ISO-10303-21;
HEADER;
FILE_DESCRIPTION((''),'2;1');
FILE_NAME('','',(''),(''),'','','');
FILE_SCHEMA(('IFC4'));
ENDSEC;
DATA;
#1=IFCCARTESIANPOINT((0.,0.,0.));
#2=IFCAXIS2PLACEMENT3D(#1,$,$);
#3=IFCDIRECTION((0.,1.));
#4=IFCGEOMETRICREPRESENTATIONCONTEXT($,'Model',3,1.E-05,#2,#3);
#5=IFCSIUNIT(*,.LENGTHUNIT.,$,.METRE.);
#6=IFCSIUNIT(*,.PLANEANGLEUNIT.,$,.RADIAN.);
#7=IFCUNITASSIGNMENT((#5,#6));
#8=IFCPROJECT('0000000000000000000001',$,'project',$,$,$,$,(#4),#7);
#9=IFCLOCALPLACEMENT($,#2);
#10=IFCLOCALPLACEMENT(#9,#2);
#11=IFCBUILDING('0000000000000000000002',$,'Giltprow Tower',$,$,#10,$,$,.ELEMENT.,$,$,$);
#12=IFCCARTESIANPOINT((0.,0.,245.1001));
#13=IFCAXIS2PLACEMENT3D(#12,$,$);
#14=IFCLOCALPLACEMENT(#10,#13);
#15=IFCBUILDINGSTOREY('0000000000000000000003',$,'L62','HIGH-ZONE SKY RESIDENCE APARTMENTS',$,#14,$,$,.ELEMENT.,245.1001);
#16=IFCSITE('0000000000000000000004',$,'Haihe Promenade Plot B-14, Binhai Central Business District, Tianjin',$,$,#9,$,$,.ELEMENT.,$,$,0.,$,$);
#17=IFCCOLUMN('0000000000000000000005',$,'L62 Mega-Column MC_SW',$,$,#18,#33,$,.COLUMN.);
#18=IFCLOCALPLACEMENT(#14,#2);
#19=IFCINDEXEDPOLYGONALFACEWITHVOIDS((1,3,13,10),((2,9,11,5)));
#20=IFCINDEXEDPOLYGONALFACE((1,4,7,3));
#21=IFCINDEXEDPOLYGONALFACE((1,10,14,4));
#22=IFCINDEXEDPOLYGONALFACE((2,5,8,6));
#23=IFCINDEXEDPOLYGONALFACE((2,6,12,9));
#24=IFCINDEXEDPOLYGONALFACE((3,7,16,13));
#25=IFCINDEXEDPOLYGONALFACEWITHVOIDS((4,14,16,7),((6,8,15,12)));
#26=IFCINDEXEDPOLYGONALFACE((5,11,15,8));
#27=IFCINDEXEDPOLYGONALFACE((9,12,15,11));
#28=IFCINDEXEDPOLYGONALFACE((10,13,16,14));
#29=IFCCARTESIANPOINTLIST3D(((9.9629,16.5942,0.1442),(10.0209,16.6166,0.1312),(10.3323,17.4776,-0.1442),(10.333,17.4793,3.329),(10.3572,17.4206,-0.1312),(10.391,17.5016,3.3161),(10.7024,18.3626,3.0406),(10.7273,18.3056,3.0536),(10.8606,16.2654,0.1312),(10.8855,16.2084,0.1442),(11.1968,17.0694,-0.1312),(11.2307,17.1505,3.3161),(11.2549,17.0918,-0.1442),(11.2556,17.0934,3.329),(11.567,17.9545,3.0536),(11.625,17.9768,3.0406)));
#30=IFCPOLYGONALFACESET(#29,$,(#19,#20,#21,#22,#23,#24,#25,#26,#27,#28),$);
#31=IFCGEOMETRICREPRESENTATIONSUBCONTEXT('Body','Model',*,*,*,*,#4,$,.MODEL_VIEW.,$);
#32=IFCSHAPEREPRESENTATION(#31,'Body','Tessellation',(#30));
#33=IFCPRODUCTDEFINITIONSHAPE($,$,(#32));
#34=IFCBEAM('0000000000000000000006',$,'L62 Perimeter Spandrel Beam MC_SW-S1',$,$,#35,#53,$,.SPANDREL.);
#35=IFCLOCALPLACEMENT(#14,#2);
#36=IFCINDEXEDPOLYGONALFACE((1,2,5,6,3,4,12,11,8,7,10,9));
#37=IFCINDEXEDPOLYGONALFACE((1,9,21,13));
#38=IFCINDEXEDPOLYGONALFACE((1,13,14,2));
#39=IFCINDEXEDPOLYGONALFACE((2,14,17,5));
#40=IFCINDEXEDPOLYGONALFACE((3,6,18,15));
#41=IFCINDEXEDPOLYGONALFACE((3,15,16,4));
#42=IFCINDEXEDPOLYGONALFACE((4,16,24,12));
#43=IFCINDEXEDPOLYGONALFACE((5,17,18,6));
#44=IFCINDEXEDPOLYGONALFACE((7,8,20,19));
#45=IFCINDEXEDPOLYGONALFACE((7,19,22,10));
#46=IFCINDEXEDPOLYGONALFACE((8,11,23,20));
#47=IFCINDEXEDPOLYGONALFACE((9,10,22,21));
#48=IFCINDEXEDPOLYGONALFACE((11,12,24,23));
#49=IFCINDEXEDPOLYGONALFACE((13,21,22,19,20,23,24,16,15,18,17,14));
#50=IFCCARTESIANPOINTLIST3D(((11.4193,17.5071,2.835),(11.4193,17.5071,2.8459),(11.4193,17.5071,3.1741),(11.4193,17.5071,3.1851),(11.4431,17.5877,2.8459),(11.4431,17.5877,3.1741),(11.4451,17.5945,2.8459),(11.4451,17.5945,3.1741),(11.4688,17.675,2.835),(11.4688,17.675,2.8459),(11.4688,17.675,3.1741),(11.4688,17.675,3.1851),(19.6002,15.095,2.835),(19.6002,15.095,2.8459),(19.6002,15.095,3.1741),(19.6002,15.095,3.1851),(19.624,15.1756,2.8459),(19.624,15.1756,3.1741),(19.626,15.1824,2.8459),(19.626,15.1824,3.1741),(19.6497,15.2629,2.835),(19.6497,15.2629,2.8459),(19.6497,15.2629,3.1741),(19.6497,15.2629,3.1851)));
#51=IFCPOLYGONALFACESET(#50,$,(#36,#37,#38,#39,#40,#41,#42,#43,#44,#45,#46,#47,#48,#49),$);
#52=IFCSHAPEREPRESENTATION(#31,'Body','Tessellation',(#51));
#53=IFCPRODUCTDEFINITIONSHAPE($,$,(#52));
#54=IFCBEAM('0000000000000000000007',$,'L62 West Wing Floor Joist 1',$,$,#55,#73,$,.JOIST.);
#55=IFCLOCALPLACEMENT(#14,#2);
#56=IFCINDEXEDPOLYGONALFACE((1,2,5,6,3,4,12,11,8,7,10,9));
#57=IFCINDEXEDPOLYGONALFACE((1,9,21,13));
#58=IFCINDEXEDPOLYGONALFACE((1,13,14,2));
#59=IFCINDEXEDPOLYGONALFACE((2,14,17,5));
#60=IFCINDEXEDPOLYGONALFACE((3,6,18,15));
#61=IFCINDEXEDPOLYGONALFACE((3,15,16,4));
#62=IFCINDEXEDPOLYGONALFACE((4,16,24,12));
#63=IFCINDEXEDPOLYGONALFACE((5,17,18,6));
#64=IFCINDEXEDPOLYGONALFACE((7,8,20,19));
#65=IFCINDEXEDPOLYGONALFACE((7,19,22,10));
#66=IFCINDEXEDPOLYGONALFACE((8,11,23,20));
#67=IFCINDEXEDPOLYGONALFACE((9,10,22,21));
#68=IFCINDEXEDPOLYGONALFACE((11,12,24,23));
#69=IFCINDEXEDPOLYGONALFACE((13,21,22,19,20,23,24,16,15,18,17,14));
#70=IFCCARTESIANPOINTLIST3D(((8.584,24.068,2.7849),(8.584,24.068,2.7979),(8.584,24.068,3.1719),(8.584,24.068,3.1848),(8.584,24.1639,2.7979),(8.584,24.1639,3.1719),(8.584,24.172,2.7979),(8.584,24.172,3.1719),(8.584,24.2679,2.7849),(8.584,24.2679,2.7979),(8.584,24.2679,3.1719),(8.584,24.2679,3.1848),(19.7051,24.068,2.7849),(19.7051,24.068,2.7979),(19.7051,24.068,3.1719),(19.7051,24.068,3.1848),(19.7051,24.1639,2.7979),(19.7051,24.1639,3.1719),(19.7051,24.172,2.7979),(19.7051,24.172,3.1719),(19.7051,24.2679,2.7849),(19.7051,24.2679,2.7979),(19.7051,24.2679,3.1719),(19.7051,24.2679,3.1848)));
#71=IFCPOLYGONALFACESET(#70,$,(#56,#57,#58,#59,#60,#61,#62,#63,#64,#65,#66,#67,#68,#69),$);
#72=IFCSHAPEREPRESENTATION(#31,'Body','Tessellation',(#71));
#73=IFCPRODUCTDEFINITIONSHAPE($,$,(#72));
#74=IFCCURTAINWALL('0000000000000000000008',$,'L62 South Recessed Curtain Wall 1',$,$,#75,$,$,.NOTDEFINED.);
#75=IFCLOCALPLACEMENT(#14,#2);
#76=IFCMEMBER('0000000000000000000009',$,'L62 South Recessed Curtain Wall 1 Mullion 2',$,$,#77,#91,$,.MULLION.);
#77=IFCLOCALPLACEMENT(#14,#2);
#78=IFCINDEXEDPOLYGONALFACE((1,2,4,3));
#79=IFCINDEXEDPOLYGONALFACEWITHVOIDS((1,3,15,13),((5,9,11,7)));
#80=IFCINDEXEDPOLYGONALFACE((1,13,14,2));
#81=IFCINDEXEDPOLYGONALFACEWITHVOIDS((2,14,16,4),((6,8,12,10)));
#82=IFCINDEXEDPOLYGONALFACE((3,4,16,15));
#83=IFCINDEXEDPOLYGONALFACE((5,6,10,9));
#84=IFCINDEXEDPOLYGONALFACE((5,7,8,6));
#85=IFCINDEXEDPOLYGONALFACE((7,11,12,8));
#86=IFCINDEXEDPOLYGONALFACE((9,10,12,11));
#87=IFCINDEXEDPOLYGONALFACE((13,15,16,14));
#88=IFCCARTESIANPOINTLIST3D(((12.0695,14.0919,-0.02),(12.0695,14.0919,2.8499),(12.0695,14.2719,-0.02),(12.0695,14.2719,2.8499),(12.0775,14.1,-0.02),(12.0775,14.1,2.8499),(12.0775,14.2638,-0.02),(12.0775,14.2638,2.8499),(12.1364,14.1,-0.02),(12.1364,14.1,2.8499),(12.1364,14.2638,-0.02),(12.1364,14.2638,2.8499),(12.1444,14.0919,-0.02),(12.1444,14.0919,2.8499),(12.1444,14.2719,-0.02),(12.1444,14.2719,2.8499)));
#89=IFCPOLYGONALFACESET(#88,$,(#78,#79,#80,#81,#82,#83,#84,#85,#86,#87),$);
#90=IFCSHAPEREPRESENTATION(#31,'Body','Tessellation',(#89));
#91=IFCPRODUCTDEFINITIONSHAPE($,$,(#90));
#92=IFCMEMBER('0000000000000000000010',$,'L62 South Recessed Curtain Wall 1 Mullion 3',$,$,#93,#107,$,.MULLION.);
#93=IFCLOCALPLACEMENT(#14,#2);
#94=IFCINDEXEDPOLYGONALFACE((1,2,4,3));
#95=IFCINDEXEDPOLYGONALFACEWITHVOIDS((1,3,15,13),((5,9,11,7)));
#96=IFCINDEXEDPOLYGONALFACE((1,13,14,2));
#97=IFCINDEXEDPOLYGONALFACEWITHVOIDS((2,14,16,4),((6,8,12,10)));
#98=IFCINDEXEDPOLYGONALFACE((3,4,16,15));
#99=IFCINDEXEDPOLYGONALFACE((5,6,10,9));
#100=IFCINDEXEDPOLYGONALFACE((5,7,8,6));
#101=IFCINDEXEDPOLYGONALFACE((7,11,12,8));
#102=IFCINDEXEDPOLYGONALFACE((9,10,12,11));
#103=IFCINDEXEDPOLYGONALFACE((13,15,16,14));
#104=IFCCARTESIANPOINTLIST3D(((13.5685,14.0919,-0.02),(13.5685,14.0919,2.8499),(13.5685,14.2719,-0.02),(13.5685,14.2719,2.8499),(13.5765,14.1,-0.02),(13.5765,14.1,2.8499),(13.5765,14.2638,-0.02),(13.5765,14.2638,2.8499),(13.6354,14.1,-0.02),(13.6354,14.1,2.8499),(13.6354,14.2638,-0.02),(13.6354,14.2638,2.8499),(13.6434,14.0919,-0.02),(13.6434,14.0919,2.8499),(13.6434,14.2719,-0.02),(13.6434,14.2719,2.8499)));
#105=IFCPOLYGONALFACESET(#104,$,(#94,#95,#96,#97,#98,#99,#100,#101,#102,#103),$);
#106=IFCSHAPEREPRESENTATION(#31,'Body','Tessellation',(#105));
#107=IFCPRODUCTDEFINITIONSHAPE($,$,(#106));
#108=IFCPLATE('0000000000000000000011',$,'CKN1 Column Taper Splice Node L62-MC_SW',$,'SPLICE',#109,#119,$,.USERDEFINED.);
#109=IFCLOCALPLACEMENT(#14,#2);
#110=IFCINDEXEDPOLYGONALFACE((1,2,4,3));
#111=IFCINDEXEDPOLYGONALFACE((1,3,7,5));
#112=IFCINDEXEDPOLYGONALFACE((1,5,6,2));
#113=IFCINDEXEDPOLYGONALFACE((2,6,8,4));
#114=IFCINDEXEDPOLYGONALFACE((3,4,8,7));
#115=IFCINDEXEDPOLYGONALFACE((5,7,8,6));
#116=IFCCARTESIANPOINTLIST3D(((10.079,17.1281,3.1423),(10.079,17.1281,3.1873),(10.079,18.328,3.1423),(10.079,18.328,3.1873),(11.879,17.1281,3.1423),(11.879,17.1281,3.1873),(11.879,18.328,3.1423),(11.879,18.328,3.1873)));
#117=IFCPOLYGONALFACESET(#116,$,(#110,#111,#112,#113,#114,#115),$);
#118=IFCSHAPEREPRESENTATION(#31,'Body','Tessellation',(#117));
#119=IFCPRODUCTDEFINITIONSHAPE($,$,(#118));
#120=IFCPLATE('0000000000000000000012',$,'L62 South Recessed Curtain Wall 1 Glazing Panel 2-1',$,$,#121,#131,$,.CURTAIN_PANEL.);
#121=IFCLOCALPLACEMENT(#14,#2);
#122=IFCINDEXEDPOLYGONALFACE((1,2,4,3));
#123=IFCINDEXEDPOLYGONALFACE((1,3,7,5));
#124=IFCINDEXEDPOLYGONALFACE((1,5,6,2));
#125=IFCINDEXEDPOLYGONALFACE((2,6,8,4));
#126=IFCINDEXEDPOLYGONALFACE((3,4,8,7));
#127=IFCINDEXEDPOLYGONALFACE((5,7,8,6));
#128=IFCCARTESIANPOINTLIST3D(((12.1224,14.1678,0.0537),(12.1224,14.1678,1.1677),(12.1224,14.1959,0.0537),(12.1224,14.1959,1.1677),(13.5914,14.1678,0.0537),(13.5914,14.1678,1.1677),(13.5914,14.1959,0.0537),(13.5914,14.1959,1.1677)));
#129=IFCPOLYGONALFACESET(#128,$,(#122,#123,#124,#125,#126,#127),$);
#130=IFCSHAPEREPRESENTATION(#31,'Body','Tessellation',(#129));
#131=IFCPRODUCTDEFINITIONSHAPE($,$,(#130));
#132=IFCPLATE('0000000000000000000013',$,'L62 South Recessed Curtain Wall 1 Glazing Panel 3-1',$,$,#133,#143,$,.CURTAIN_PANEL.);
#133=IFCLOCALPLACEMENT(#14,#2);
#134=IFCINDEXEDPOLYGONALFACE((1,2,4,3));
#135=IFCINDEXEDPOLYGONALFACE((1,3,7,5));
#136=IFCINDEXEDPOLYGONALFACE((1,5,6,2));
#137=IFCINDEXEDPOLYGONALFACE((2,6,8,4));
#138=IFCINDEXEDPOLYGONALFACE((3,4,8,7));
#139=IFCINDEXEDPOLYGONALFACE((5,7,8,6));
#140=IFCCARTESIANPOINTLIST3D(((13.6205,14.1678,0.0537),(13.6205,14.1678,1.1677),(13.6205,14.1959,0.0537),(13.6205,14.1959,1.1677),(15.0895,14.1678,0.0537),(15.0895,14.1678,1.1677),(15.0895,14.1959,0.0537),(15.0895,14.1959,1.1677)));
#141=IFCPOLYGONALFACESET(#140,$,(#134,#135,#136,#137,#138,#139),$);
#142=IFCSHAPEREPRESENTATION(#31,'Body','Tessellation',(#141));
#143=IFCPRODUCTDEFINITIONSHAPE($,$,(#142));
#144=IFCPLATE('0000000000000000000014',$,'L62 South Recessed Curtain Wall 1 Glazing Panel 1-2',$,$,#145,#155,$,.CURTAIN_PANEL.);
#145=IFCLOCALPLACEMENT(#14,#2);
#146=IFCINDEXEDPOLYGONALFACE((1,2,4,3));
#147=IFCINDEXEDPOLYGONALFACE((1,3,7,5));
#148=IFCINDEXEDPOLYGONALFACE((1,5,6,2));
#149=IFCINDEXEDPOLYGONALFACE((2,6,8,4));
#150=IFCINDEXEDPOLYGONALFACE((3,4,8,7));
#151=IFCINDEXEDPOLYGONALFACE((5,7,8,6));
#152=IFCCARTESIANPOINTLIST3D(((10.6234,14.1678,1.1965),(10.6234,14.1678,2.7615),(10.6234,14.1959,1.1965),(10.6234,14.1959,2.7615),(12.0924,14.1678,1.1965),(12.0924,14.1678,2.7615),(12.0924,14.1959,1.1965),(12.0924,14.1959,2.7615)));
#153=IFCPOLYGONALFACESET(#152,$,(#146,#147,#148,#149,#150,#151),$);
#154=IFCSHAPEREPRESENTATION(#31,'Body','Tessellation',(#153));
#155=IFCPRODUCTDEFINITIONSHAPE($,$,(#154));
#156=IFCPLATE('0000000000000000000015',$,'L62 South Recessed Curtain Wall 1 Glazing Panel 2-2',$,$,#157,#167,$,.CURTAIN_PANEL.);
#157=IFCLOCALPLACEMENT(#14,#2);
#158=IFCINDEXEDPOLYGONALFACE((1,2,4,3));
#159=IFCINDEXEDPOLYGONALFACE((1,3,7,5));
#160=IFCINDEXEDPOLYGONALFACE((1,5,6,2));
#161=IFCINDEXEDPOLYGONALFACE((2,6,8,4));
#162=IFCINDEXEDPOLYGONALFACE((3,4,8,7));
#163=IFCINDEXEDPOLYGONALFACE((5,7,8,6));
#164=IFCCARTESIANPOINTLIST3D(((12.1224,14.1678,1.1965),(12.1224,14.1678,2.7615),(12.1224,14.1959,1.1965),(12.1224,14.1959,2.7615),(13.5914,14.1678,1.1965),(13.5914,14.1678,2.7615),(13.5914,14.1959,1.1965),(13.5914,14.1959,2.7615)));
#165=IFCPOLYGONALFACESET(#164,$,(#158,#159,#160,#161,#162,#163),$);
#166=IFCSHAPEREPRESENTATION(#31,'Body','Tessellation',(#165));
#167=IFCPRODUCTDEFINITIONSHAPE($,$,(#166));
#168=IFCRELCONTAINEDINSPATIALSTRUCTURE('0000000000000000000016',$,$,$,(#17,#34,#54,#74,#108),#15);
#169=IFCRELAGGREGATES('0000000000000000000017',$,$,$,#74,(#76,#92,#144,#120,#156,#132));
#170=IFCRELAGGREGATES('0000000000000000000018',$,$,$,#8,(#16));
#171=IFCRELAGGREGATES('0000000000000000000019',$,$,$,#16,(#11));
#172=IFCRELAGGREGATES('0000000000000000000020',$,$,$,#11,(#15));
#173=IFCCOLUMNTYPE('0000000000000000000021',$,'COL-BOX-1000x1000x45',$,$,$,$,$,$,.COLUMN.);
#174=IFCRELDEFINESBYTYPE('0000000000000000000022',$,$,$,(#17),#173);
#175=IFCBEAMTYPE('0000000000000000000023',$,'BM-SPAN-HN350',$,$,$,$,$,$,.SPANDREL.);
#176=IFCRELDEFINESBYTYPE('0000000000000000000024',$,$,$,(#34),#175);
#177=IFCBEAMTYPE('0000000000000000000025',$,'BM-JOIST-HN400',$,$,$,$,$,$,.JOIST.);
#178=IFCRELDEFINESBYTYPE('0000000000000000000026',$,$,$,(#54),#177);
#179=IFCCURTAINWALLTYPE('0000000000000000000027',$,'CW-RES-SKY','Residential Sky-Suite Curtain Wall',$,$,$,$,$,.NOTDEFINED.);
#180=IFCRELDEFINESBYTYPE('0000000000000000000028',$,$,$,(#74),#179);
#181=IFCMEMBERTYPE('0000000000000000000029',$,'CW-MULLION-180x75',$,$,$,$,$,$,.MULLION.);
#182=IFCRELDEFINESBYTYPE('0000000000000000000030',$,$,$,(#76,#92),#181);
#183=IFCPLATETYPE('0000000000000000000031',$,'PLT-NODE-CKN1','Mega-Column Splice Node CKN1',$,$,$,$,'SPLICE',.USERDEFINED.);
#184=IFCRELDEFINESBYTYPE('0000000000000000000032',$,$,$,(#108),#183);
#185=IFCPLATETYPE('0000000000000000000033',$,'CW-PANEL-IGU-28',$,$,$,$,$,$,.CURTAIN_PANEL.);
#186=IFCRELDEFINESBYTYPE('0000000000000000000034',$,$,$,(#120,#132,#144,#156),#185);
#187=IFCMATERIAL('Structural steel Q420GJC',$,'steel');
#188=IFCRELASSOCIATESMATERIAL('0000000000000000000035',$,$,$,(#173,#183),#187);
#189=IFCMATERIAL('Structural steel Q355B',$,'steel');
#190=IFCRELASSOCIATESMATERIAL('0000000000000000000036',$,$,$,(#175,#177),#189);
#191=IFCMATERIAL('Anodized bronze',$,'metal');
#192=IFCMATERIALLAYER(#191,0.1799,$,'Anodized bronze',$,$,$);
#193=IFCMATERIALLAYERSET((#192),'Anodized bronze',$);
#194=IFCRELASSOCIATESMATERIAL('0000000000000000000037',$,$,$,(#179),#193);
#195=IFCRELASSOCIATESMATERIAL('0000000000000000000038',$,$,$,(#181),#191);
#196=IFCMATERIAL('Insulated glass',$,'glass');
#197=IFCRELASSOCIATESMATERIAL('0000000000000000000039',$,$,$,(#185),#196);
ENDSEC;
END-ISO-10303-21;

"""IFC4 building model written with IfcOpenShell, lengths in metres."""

from ifc_helpers import new_model, si_unit, direction, frame, origin, origin_2d, place, context, subcontext, project, spatial, rectangle, hollow_rectangle, i_section, extrude, source, transform, mapped, material, layer, layer_set, material_profile, profile_set, type_object, element, aggregate, save


model = new_model("IFC4")

# Units and contexts
model_context = context("Model", 3, precision=1e-05, world=origin(), true_north=direction((0.0, 1.0)))
body_context = subcontext(model_context, "Body", "Model", "MODEL_VIEW")
ifc_project = project(units=[si_unit("LENGTHUNIT", "METRE"), si_unit("PLANEANGLEUNIT", "RADIAN")], contexts=[model_context])

# Site, building, storey
site_placement = place(None, origin())
site = spatial("IfcSite", under=ifc_project, at=site_placement, Name="Haihe Promenade Plot B-14, Binhai Central Business District, Tianjin", CompositionType="ELEMENT", RefElevation=0.0)
building_placement = place(site_placement, origin())
building = spatial("IfcBuilding", under=site, at=building_placement, Name="Giltprow Tower", CompositionType="ELEMENT")
storey_placement = place(building_placement, frame((0.0, 0.0, 245.1001)))
storey = spatial("IfcBuildingStorey", under=building, at=storey_placement, Name="L62", Description="HIGH-ZONE SKY RESIDENCE APARTMENTS", CompositionType="ELEMENT", Elevation=245.1001)

# Column
ifc_material_1 = material(Name="Structural steel Q420GJC", Category="steel")
ifc_material_profile_1 = material_profile(ifc_material_1, hollow_rectangle(XDim=1.0, YDim=1.0, WallThickness=0.0449, at=origin_2d()), Name="BOX 1000x1000x45")
ifc_profile_set_1 = profile_set([ifc_material_profile_1], Name="Structural steel Q420GJC")
column_type = type_object("IfcColumnType", Name="COL-BOX-1000x1000x45", PredefinedType="COLUMN", material=ifc_profile_set_1)
shared_shape_1 = source(origin(), body_context, "Body", "SweptSolid", [
    extrude(hollow_rectangle(XDim=1.0, YDim=1.0, WallThickness=0.0449, at=origin_2d()), origin(), (0.0, 0.0, 1.0), 3.3262),
])
column_placement = place(storey_placement, frame((10.6089, 16.843, 0.0), z_axis=(0.111275, 0.266076, 0.957508), x_axis=(-0.922572, 0.385826, 0.0)))
element("IfcColumn", 1, at=column_placement, inside=storey, type_object=column_type, Name="L62 Mega-Column MC_SW", PredefinedType="COLUMN", context=body_context, shape_type="MappedRepresentation", body=[
    mapped(shared_shape_1, transform((0.0, 0.0, 0.0), x_axis=(1.0, 0.0, 0.0), y_axis=(0.0, 1.0, 0.0), z_axis=(0.0, 0.0, 1.0), scale=1.0)),
])

# Beams
ifc_material_2 = material(Name="Structural steel Q355B", Category="steel")
ifc_material_profile_2 = material_profile(ifc_material_2, i_section(OverallWidth=0.175, OverallDepth=0.3501, WebThickness=0.0071, FlangeThickness=0.011, at=origin_2d()), Name="HN 350x175x7x11")
ifc_profile_set_2 = profile_set([ifc_material_profile_2], Name="Structural steel Q355B")
beam_type_1 = type_object("IfcBeamType", Name="BM-SPAN-HN350", PredefinedType="SPANDREL", material=ifc_profile_set_2)
shared_shape_2 = source(origin(), body_context, "Body", "SweptSolid", [
    extrude(i_section(OverallWidth=0.175, OverallDepth=0.3501, WebThickness=0.0071, FlangeThickness=0.011, at=origin_2d()), origin(), (0.0, 0.0, 1.0), 8.5291),
])
beam_1_placement = place(storey_placement, frame((11.4441, 17.5911, 3.01), z_axis=(0.959176, -0.282809, 0.0), x_axis=(0.282809, 0.959176, 0.0)))
element("IfcBeam", 2, at=beam_1_placement, inside=storey, type_object=beam_type_1, Name="L62 Perimeter Spandrel Beam MC_SW-S1", PredefinedType="SPANDREL", context=body_context, shape_type="MappedRepresentation", body=[
    mapped(shared_shape_2, transform((0.0, 0.0, 0.0), x_axis=(1.0, 0.0, 0.0), y_axis=(0.0, 1.0, 0.0), z_axis=(0.0, 0.0, 1.0), scale=1.0)),
])
ifc_material_profile_3 = material_profile(ifc_material_2, i_section(OverallWidth=0.2, OverallDepth=0.3999, WebThickness=0.0081, FlangeThickness=0.0129, at=origin_2d()), Name="HN 400x200x8x13")
ifc_profile_set_3 = profile_set([ifc_material_profile_3], Name="Structural steel Q355B")
beam_type_2 = type_object("IfcBeamType", Name="BM-JOIST-HN400", PredefinedType="JOIST", material=ifc_profile_set_3)
shared_shape_3 = source(origin(), body_context, "Body", "SweptSolid", [
    extrude(i_section(OverallWidth=0.2, OverallDepth=0.3999, WebThickness=0.0081, FlangeThickness=0.0129, at=origin_2d()), origin(), (0.0, 0.0, 1.0), 11.1211),
])
beam_2_placement = place(storey_placement, frame((8.584, 24.168, 2.9849), z_axis=(1.0, 0.0, 0.0), x_axis=(0.0, 1.0, 0.0)))
element("IfcBeam", 3, at=beam_2_placement, inside=storey, type_object=beam_type_2, Name="L62 West Wing Floor Joist 1", PredefinedType="JOIST", context=body_context, shape_type="MappedRepresentation", body=[
    mapped(shared_shape_3, transform((0.0, 0.0, 0.0), x_axis=(1.0, 0.0, 0.0), y_axis=(0.0, 1.0, 0.0), z_axis=(0.0, 0.0, 1.0), scale=1.0)),
])

# Curtain wall, members
ifc_material_3 = material(Name="Anodized bronze", Category="metal")
ifc_layer_1 = layer(ifc_material_3, 0.1799, Name="Anodized bronze")
ifc_layer_set_1 = layer_set([ifc_layer_1], Name="Anodized bronze")
curtain_wall_type = type_object("IfcCurtainWallType", Name="CW-RES-SKY", Description="Residential Sky-Suite Curtain Wall", PredefinedType="NOTDEFINED", material=ifc_layer_set_1)
curtain_wall_placement = place(storey_placement, origin())
curtain_wall = element("IfcCurtainWall", 4, at=curtain_wall_placement, inside=storey, type_object=curtain_wall_type, Name="L62 South Recessed Curtain Wall 1", PredefinedType="NOTDEFINED")
ifc_material_profile_4 = material_profile(ifc_material_3, hollow_rectangle(XDim=0.075, YDim=0.1799, WallThickness=0.0081, at=origin_2d()), Name="RHS 180x75x8")
ifc_profile_set_4 = profile_set([ifc_material_profile_4], Name="Anodized bronze")
member_type = type_object("IfcMemberType", Name="CW-MULLION-180x75", PredefinedType="MULLION", material=ifc_profile_set_4)
shared_shape_4 = source(origin(), body_context, "Body", "SweptSolid", [
    extrude(hollow_rectangle(XDim=0.075, YDim=0.1799, WallThickness=0.0081, at=origin_2d()), origin(), (0.0, 0.0, 1.0), 2.8699),
])
member_1_placement = place(storey_placement, frame((12.1069, 14.1819, -0.02), z_axis=(0.0, 0.0, 1.0), x_axis=(1.0, 0.0, 0.0)))
member_1 = element("IfcMember", 5, at=member_1_placement, type_object=member_type, Name="L62 South Recessed Curtain Wall 1 Mullion 2", PredefinedType="MULLION", context=body_context, shape_type="MappedRepresentation", body=[
    mapped(shared_shape_4, transform((0.0, 0.0, 0.0), x_axis=(1.0, 0.0, 0.0), y_axis=(0.0, 1.0, 0.0), z_axis=(0.0, 0.0, 1.0), scale=1.0)),
])
member_2_placement = place(storey_placement, frame((13.606, 14.1819, -0.02), z_axis=(0.0, 0.0, 1.0), x_axis=(1.0, 0.0, 0.0)))
member_2 = element("IfcMember", 6, at=member_2_placement, type_object=member_type, Name="L62 South Recessed Curtain Wall 1 Mullion 3", PredefinedType="MULLION", context=body_context, shape_type="MappedRepresentation", body=[
    mapped(shared_shape_4, transform((0.0, 0.0, 0.0), x_axis=(1.0, 0.0, 0.0), y_axis=(0.0, 1.0, 0.0), z_axis=(0.0, 0.0, 1.0), scale=1.0)),
])

# Plates
plate_type_1 = type_object("IfcPlateType", Name="PLT-NODE-CKN1", Description="Mega-Column Splice Node CKN1", ElementType="SPLICE", PredefinedType="USERDEFINED", material=ifc_material_1)
shared_shape_5 = source(origin(), body_context, "Body", "SweptSolid", [
    extrude(rectangle(XDim=1.8, YDim=1.2, at=origin_2d()), origin(), (0.0, 0.0, 1.0), 0.0449),
])
plate_1_placement = place(storey_placement, frame((10.979, 17.728, 3.1423), z_axis=(0.0, 0.0, 1.0), x_axis=(1.0, 0.0, 0.0)))
element("IfcPlate", 7, at=plate_1_placement, inside=storey, type_object=plate_type_1, Name="CKN1 Column Taper Splice Node L62-MC_SW", ObjectType="SPLICE", PredefinedType="USERDEFINED", context=body_context, shape_type="MappedRepresentation", body=[
    mapped(shared_shape_5, transform((0.0, 0.0, 0.0), x_axis=(1.0, 0.0, 0.0), y_axis=(0.0, 1.0, 0.0), z_axis=(0.0, 0.0, 1.0), scale=1.0)),
])
ifc_material_4 = material(Name="Insulated glass", Category="glass")
plate_type_2 = type_object("IfcPlateType", Name="CW-PANEL-IGU-28", PredefinedType="CURTAIN_PANEL", material=ifc_material_4)
shared_shape_6 = source(origin(), body_context, "Body", "SweptSolid", [
    extrude(rectangle(XDim=1.469, YDim=0.0281, at=origin_2d()), origin(), (0.0, 0.0, 1.0), 1.114),
])
plate_2_placement = place(storey_placement, frame((12.8569, 14.1819, 0.0537), z_axis=(0.0, 0.0, 1.0), x_axis=(1.0, 0.0, 0.0)))
plate_2 = element("IfcPlate", 8, at=plate_2_placement, type_object=plate_type_2, Name="L62 South Recessed Curtain Wall 1 Glazing Panel 2-1", PredefinedType="CURTAIN_PANEL", context=body_context, shape_type="MappedRepresentation", body=[
    mapped(shared_shape_6, transform((0.0, 0.0, 0.0), x_axis=(1.0, 0.0, 0.0), y_axis=(0.0, 1.0, 0.0), z_axis=(0.0, 0.0, 1.0), scale=1.0)),
])
plate_3_placement = place(storey_placement, frame((14.355, 14.1819, 0.0537), z_axis=(0.0, 0.0, 1.0), x_axis=(1.0, 0.0, 0.0)))
plate_3 = element("IfcPlate", 9, at=plate_3_placement, type_object=plate_type_2, Name="L62 South Recessed Curtain Wall 1 Glazing Panel 3-1", PredefinedType="CURTAIN_PANEL", context=body_context, shape_type="MappedRepresentation", body=[
    mapped(shared_shape_6, transform((0.0, 0.0, 0.0), x_axis=(1.0, 0.0, 0.0), y_axis=(0.0, 1.0, 0.0), z_axis=(0.0, 0.0, 1.0), scale=1.0)),
])
shared_shape_7 = source(origin(), body_context, "Body", "SweptSolid", [
    extrude(rectangle(XDim=1.469, YDim=0.0281, at=origin_2d()), origin(), (0.0, 0.0, 1.0), 1.5649),
])
plate_4_placement = place(storey_placement, frame((11.3579, 14.1819, 1.1965), z_axis=(0.0, 0.0, 1.0), x_axis=(1.0, 0.0, 0.0)))
plate_4 = element("IfcPlate", 10, at=plate_4_placement, type_object=plate_type_2, Name="L62 South Recessed Curtain Wall 1 Glazing Panel 1-2", PredefinedType="CURTAIN_PANEL", context=body_context, shape_type="MappedRepresentation", body=[
    mapped(shared_shape_7, transform((0.0, 0.0, 0.0), x_axis=(1.0, 0.0, 0.0), y_axis=(0.0, 1.0, 0.0), z_axis=(0.0, 0.0, 1.0), scale=1.0)),
])
plate_5_placement = place(storey_placement, frame((12.8569, 14.1819, 1.1965), z_axis=(0.0, 0.0, 1.0), x_axis=(1.0, 0.0, 0.0)))
plate_5 = element("IfcPlate", 11, at=plate_5_placement, type_object=plate_type_2, Name="L62 South Recessed Curtain Wall 1 Glazing Panel 2-2", PredefinedType="CURTAIN_PANEL", context=body_context, shape_type="MappedRepresentation", body=[
    mapped(shared_shape_7, transform((0.0, 0.0, 0.0), x_axis=(1.0, 0.0, 0.0), y_axis=(0.0, 1.0, 0.0), z_axis=(0.0, 0.0, 1.0), scale=1.0)),
])
aggregate(curtain_wall, [member_1, member_2, plate_4, plate_2, plate_5, plate_3])

save(model, "model.ifc")
